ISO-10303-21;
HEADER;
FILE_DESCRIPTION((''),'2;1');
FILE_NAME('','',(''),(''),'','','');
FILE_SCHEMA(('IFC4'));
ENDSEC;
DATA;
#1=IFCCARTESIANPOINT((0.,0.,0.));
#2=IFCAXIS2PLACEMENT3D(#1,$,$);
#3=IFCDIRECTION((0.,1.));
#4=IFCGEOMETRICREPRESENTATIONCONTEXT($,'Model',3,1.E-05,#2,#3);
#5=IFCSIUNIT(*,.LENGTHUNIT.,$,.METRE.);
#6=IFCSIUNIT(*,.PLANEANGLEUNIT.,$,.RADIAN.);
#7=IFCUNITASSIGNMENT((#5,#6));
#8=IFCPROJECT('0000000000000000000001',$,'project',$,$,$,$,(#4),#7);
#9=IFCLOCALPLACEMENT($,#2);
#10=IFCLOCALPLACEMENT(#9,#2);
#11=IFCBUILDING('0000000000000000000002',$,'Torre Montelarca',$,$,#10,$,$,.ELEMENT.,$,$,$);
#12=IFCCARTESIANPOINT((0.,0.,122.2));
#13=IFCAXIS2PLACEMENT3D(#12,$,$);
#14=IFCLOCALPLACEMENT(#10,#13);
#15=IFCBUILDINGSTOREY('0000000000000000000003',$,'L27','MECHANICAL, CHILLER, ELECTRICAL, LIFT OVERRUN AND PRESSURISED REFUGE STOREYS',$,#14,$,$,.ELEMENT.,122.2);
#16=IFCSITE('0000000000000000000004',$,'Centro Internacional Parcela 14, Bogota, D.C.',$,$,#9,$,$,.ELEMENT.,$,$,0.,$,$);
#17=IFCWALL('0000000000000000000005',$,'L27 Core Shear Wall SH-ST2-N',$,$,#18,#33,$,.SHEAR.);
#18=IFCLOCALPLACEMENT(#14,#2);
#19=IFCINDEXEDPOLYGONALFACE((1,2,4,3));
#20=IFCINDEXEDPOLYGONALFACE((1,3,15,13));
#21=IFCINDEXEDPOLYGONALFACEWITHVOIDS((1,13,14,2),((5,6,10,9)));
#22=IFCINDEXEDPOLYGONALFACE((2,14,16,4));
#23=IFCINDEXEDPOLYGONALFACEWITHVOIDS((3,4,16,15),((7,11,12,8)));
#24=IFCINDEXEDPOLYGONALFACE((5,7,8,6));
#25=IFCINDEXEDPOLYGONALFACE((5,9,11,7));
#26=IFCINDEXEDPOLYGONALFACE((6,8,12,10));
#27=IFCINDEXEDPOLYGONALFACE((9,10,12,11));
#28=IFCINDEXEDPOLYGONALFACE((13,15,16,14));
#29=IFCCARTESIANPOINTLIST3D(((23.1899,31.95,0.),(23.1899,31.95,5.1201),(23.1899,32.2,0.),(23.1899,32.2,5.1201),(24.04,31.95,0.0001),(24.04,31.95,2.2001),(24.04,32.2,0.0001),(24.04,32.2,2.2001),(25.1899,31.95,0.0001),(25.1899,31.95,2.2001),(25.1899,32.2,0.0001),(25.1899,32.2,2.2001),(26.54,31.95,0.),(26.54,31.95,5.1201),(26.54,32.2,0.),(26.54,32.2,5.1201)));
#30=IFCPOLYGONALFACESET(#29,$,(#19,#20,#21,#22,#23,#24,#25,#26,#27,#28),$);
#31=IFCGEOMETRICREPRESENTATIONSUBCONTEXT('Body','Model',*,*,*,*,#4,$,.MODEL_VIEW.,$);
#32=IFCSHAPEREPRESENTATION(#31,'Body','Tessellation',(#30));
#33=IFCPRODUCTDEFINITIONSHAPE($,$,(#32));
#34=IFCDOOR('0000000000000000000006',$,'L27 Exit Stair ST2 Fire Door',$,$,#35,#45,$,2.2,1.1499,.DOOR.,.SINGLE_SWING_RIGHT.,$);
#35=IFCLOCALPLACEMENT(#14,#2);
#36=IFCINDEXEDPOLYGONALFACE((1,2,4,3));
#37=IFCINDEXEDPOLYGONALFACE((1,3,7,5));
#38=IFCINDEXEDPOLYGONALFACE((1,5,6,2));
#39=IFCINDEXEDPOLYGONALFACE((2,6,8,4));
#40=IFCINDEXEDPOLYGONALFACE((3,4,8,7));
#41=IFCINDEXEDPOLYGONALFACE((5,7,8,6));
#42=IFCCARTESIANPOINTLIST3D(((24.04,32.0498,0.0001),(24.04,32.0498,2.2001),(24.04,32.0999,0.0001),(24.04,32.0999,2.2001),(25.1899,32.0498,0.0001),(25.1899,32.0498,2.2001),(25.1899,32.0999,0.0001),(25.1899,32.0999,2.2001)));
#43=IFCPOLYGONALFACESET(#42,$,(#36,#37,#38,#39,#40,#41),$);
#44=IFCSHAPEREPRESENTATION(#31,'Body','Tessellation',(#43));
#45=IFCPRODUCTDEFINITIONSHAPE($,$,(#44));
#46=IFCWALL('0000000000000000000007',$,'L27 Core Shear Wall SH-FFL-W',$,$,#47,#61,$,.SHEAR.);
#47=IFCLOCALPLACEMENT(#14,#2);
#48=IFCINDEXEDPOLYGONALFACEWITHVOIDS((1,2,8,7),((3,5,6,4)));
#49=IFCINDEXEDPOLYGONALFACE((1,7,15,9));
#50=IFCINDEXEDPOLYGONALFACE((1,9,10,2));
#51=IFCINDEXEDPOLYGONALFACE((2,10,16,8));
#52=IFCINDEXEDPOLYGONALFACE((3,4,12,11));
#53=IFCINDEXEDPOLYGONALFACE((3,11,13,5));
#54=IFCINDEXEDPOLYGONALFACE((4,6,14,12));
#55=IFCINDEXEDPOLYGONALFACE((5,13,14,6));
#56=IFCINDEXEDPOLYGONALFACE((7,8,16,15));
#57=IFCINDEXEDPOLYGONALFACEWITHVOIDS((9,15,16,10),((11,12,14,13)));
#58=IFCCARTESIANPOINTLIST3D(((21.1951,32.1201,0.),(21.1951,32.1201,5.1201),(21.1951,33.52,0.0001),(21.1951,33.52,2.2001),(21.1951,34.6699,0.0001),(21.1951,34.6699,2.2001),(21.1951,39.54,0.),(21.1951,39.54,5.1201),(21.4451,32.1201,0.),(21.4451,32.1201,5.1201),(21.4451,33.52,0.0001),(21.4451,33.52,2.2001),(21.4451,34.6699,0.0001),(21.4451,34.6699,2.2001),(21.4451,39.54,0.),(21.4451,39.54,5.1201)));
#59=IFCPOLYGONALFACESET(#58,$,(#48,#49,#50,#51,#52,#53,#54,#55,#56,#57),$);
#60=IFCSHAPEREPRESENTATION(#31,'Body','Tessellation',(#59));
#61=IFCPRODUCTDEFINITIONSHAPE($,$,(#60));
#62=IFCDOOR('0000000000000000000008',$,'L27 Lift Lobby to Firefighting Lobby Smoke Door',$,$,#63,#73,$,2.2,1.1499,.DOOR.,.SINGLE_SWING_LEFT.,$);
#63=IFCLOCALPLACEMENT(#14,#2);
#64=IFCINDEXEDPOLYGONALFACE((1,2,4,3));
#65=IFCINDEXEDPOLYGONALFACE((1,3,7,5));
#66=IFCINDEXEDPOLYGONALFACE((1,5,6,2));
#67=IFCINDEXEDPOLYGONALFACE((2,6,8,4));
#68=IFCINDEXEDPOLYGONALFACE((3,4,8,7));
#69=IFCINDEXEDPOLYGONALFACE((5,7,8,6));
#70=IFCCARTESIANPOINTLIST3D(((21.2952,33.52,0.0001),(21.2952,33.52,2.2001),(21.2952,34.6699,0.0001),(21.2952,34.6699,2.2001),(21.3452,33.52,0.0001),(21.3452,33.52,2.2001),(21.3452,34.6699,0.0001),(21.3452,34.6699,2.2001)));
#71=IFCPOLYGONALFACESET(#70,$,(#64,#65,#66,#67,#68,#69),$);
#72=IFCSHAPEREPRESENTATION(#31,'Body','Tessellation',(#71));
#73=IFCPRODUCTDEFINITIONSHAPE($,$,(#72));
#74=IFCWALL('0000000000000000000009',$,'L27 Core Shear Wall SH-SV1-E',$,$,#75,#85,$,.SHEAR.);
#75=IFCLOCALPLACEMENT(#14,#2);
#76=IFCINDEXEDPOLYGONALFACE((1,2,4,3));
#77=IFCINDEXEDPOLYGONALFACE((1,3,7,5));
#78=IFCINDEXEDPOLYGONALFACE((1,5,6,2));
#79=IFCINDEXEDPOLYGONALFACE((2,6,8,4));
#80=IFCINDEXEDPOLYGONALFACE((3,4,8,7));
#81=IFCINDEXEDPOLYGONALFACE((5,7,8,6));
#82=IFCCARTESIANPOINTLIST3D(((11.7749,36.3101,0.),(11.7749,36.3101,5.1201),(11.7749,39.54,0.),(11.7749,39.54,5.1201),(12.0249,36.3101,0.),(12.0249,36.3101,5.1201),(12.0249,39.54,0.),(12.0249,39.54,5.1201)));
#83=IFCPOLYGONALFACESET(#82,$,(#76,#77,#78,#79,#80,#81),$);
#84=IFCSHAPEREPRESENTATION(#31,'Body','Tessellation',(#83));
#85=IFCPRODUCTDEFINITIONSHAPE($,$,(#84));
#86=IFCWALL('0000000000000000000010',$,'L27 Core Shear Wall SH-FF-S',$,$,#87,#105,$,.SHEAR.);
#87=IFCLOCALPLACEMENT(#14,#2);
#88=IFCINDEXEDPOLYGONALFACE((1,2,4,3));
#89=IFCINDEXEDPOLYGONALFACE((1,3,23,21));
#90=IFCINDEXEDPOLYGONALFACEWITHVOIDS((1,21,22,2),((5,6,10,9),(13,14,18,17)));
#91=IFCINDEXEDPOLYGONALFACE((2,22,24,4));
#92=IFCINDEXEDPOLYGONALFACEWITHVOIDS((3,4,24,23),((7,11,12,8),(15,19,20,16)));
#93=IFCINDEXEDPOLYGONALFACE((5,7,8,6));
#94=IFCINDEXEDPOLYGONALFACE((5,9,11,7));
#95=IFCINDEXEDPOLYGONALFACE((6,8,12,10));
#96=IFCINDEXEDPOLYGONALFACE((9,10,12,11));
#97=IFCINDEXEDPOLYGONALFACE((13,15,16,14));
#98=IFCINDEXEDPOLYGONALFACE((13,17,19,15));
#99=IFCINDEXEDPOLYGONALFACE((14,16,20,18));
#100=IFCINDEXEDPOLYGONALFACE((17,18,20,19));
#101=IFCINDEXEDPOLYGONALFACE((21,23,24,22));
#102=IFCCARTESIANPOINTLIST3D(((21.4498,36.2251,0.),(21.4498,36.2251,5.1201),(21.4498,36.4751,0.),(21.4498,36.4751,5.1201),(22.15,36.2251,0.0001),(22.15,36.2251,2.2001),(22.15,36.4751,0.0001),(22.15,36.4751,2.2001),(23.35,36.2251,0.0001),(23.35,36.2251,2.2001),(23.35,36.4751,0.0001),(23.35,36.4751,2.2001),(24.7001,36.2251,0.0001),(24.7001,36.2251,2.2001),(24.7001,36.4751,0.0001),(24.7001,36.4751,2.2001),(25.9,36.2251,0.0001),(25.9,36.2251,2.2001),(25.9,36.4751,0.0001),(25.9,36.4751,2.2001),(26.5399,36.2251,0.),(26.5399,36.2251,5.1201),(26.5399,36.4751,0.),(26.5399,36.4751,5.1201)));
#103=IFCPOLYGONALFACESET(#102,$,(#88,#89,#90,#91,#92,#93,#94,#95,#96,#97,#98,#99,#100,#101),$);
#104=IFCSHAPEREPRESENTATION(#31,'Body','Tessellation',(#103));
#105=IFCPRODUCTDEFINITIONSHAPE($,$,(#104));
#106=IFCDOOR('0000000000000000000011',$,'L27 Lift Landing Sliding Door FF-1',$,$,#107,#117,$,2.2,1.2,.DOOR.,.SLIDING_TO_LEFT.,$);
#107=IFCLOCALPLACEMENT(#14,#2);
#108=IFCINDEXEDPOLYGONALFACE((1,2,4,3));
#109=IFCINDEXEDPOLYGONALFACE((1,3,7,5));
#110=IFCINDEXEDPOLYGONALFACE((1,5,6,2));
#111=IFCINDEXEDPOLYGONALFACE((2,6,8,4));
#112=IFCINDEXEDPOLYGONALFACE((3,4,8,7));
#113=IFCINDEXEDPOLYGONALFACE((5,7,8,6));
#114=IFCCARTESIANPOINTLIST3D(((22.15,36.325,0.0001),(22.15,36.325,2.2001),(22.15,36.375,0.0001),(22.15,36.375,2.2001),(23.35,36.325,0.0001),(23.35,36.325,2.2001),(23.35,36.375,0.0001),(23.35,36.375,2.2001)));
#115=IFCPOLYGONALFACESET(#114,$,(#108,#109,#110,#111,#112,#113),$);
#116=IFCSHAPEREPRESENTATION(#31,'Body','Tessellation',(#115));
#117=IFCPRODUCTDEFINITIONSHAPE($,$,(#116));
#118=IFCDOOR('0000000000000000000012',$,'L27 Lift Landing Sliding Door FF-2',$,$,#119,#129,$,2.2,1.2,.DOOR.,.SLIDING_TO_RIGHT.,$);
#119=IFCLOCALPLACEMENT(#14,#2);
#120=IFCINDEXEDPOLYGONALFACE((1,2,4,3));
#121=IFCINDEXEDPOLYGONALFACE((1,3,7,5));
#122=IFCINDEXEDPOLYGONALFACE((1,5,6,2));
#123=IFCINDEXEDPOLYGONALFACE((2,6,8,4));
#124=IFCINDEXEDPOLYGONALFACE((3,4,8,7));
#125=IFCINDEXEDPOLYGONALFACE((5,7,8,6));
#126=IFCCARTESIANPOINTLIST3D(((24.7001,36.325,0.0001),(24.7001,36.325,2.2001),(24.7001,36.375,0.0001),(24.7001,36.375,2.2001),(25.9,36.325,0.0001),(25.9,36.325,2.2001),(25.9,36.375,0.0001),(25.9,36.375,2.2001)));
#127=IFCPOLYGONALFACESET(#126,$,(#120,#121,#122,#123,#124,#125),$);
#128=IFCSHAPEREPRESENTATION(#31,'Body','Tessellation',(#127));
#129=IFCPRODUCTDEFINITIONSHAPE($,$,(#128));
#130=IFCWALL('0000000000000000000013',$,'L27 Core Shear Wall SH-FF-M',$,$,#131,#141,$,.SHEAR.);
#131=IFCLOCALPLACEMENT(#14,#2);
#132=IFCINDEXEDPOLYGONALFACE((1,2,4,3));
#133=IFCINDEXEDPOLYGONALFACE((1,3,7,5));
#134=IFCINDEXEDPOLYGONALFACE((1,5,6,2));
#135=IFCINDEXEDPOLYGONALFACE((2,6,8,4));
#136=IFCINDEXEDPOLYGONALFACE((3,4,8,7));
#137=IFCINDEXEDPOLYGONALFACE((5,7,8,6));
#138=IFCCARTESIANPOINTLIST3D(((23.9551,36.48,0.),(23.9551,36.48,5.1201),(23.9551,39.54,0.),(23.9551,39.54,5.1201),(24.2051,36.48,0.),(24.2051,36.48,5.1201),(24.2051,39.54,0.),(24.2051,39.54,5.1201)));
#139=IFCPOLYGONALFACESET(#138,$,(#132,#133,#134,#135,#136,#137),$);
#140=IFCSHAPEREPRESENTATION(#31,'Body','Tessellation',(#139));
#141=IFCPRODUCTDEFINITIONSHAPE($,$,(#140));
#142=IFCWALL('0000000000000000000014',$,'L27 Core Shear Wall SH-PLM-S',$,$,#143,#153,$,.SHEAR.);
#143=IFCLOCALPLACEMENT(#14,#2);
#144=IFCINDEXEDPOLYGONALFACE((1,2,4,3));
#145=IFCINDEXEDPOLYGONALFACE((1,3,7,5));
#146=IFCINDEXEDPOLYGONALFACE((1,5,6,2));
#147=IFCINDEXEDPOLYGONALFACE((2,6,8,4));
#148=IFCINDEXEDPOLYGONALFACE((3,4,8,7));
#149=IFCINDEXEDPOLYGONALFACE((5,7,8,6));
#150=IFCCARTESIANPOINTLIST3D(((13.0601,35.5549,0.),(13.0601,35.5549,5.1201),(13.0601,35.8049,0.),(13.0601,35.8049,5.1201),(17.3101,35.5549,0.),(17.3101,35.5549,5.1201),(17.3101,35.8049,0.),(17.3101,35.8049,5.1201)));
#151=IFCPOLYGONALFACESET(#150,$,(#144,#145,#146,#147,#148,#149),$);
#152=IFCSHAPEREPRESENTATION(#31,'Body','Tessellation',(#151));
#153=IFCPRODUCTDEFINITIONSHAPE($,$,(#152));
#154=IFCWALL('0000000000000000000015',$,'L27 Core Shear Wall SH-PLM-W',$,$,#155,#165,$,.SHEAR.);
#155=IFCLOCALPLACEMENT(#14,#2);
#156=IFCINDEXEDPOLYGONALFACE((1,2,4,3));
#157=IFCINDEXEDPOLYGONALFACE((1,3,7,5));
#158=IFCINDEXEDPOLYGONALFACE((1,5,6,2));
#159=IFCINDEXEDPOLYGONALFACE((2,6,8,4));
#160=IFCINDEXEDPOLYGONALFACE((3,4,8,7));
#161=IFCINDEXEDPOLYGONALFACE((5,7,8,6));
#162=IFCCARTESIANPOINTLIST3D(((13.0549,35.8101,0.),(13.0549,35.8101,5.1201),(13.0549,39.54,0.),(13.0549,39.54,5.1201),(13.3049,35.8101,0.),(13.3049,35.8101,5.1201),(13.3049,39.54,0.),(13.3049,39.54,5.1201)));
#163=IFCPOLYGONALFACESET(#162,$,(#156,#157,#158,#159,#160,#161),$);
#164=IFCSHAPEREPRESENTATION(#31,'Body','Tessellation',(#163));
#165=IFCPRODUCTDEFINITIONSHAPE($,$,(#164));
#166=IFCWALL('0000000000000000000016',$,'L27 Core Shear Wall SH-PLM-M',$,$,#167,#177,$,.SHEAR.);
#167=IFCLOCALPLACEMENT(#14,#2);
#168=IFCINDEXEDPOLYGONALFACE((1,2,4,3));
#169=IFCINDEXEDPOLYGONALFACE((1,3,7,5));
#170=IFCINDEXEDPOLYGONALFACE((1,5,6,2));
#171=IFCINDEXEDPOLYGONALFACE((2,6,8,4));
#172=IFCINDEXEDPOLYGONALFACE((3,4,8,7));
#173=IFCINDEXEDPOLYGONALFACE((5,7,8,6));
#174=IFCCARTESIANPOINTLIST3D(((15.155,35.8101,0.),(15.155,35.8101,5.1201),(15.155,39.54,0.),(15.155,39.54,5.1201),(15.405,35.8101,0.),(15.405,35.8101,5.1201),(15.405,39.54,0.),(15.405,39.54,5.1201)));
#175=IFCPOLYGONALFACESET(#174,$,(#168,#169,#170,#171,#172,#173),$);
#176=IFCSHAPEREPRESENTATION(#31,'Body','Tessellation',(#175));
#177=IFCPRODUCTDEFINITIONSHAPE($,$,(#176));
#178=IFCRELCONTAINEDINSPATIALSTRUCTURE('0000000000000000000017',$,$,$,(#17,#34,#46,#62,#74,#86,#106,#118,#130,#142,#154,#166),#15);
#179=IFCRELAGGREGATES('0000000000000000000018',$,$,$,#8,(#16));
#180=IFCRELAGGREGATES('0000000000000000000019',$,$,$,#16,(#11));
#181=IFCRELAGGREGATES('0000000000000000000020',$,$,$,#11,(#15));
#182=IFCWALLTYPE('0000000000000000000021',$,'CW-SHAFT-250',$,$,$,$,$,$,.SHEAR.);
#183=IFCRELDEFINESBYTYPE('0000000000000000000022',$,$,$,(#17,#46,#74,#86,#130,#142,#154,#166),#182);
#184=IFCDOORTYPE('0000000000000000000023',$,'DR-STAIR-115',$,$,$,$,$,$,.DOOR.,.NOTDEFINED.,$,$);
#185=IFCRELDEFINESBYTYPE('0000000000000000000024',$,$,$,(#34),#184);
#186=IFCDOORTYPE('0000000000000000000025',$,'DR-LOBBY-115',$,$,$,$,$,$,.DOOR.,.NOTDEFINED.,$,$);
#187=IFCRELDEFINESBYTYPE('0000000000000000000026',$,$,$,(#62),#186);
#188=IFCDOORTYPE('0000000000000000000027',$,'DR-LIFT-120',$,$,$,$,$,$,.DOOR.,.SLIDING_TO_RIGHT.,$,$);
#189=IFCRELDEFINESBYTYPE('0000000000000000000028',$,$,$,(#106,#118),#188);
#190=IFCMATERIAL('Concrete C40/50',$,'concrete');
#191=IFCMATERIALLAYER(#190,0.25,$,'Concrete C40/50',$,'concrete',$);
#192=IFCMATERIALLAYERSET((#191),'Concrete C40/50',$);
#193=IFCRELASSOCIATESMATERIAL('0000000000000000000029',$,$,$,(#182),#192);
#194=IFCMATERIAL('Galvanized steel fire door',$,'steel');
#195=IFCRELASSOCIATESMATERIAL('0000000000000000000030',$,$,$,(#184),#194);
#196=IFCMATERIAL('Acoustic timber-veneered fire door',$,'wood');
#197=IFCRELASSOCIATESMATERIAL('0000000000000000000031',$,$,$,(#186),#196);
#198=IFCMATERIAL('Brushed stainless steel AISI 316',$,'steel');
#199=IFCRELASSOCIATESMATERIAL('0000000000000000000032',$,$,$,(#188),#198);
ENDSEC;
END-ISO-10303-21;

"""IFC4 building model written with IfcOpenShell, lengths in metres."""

from ifc_helpers import new_model, si_unit, direction, frame, frame_2d, origin, place, context, subcontext, project, spatial, rectangle, extrude, source, transform, mapped, material, layer, layer_set, type_object, element, fill, save


model = new_model("IFC4")

# Units and contexts
model_context = context("Model", 3, precision=1e-05, world=origin(), true_north=direction((0.0, 1.0)))
body_context = subcontext(model_context, "Body", "Model", "MODEL_VIEW")
ifc_project = project(units=[si_unit("LENGTHUNIT", "METRE"), si_unit("PLANEANGLEUNIT", "RADIAN")], contexts=[model_context])

# Site, building, storey
site_placement = place(None, origin())
site = spatial("IfcSite", under=ifc_project, at=site_placement, Name="Centro Internacional Parcela 14, Bogota, D.C.", CompositionType="ELEMENT", RefElevation=0.0)
building_placement = place(site_placement, origin())
building = spatial("IfcBuilding", under=site, at=building_placement, Name="Torre Montelarca", CompositionType="ELEMENT")
storey_placement = place(building_placement, frame((0.0, 0.0, 122.2)))
storey = spatial("IfcBuildingStorey", under=building, at=storey_placement, Name="L27", Description="MECHANICAL, CHILLER, ELECTRICAL, LIFT OVERRUN AND PRESSURISED REFUGE STOREYS", CompositionType="ELEMENT", Elevation=122.2)

# Walls, openings, doors
ifc_material_1 = material(Name="Concrete C40/50", Category="concrete")
ifc_layer_1 = layer(ifc_material_1, 0.25, Name="Concrete C40/50", Category="concrete")
ifc_layer_set_1 = layer_set([ifc_layer_1], Name="Concrete C40/50")
wall_type_1 = type_object("IfcWallType", Name="CW-SHAFT-250", PredefinedType="SHEAR", material=ifc_layer_set_1)
wall_1_placement = place(storey_placement, frame((23.1899, 32.075, 0.0), z_axis=(0.0, 0.0, 1.0), x_axis=(1.0, 0.0, 0.0)))
wall_1 = element("IfcWall", 1, at=wall_1_placement, inside=storey, type_object=wall_type_1, Name="L27 Core Shear Wall SH-ST2-N", PredefinedType="SHEAR", context=body_context, shape_type="SweptSolid", body=[
    extrude(rectangle(XDim=3.3501, YDim=0.25, at=frame_2d((1.675, 0.0))), origin(), (0.0, 0.0, 1.0), 5.1201),
])
opening_1_placement = place(wall_1_placement, frame((0.8501, 0.0, 0.0)))
opening_1 = element("IfcOpeningElement", 2, at=opening_1_placement, cuts=wall_1, PredefinedType="OPENING", context=body_context, shape_type="SweptSolid", body=[
    extrude(rectangle(XDim=1.1499, YDim=2.2, at=frame_2d((0.575, 1.1001))), frame((0.0, 0.135, 0.0), z_axis=(0.0, -1.0, 0.0), x_axis=(1.0, 0.0, 0.0)), (0.0, 0.0, 1.0), 0.27),
])
ifc_material_2 = material(Name="Galvanized steel fire door", Category="steel")
door_type_1 = type_object("IfcDoorType", Name="DR-STAIR-115", OperationType="NOTDEFINED", PredefinedType="DOOR", material=ifc_material_2)
shared_shape_1 = source(origin(), body_context, "Body", "SweptSolid", [
    extrude(rectangle(XDim=1.1499, YDim=2.2, at=frame_2d((0.575, 1.1001))), frame((0.0, 0.0249, 0.0), z_axis=(0.0, -1.0, 0.0), x_axis=(1.0, 0.0, 0.0)), (0.0, 0.0, 1.0), 0.05),
])
door_1_placement = place(opening_1_placement, origin())
door_1 = element("IfcDoor", 3, at=door_1_placement, inside=storey, type_object=door_type_1, Name="L27 Exit Stair ST2 Fire Door", OperationType="SINGLE_SWING_RIGHT", OverallHeight=2.2, OverallWidth=1.1499, PredefinedType="DOOR", context=body_context, shape_type="MappedRepresentation", body=[
    mapped(shared_shape_1, transform((0.0, 0.0, 0.0), scale=1.0)),
])
fill(opening_1, door_1)
wall_2_placement = place(storey_placement, frame((21.3201, 32.1201, 0.0), z_axis=(0.0, 0.0, 1.0), x_axis=(0.0, 1.0, 0.0)))
wall_2 = element("IfcWall", 4, at=wall_2_placement, inside=storey, type_object=wall_type_1, Name="L27 Core Shear Wall SH-FFL-W", PredefinedType="SHEAR", context=body_context, shape_type="SweptSolid", body=[
    extrude(rectangle(XDim=7.4199, YDim=0.25, at=frame_2d((3.71, 0.0))), origin(), (0.0, 0.0, 1.0), 5.1201),
])
opening_2_placement = place(wall_2_placement, frame((1.3999, 0.0, 0.0)))
opening_2 = element("IfcOpeningElement", 5, at=opening_2_placement, cuts=wall_2, PredefinedType="OPENING", context=body_context, shape_type="SweptSolid", body=[
    extrude(rectangle(XDim=1.1499, YDim=2.2, at=frame_2d((0.575, 1.1001))), frame((0.0, 0.135, 0.0), z_axis=(0.0, -1.0, 0.0), x_axis=(1.0, 0.0, 0.0)), (0.0, 0.0, 1.0), 0.27),
])
ifc_material_3 = material(Name="Acoustic timber-veneered fire door", Category="wood")
door_type_2 = type_object("IfcDoorType", Name="DR-LOBBY-115", OperationType="NOTDEFINED", PredefinedType="DOOR", material=ifc_material_3)
shared_shape_2 = source(origin(), body_context, "Body", "SweptSolid", [
    extrude(rectangle(XDim=1.1499, YDim=2.2, at=frame_2d((0.575, 1.1001))), frame((0.0, 0.0249, 0.0), z_axis=(0.0, -1.0, 0.0), x_axis=(1.0, 0.0, 0.0)), (0.0, 0.0, 1.0), 0.05),
])
door_2_placement = place(opening_2_placement, origin())
door_2 = element("IfcDoor", 6, at=door_2_placement, inside=storey, type_object=door_type_2, Name="L27 Lift Lobby to Firefighting Lobby Smoke Door", OperationType="SINGLE_SWING_LEFT", OverallHeight=2.2, OverallWidth=1.1499, PredefinedType="DOOR", context=body_context, shape_type="MappedRepresentation", body=[
    mapped(shared_shape_2, transform((0.0, 0.0, 0.0), scale=1.0)),
])
fill(opening_2, door_2)

# Wall
wall_3_placement = place(storey_placement, frame((11.8999, 36.3101, 0.0), z_axis=(0.0, 0.0, 1.0), x_axis=(0.0, 1.0, 0.0)))
element("IfcWall", 7, at=wall_3_placement, inside=storey, type_object=wall_type_1, Name="L27 Core Shear Wall SH-SV1-E", PredefinedType="SHEAR", context=body_context, shape_type="SweptSolid", body=[
    extrude(rectangle(XDim=3.23, YDim=0.25, at=frame_2d((1.615, 0.0))), origin(), (0.0, 0.0, 1.0), 5.1201),
])

# Wall, openings, doors
wall_4_placement = place(storey_placement, frame((21.45, 36.3501, 0.0), z_axis=(0.0, 0.0, 1.0), x_axis=(1.0, 0.0, 0.0)))
wall_4 = element("IfcWall", 8, at=wall_4_placement, inside=storey, type_object=wall_type_1, Name="L27 Core Shear Wall SH-FF-S", PredefinedType="SHEAR", context=body_context, shape_type="SweptSolid", body=[
    extrude(rectangle(XDim=5.0901, YDim=0.25, at=frame_2d((2.5449, 0.0))), origin(), (0.0, 0.0, 1.0), 5.1201),
])
opening_3_placement = place(wall_4_placement, frame((0.7, 0.0, 0.0)))
opening_3 = element("IfcOpeningElement", 9, at=opening_3_placement, cuts=wall_4, PredefinedType="OPENING", context=body_context, shape_type="SweptSolid", body=[
    extrude(rectangle(XDim=1.2, YDim=2.2, at=frame_2d((0.6001, 1.1001))), frame((0.0, 0.135, 0.0), z_axis=(0.0, -1.0, 0.0), x_axis=(1.0, 0.0, 0.0)), (0.0, 0.0, 1.0), 0.27),
])
opening_4_placement = place(wall_4_placement, frame((3.25, 0.0, 0.0)))
opening_4 = element("IfcOpeningElement", 10, at=opening_4_placement, cuts=wall_4, PredefinedType="OPENING", context=body_context, shape_type="SweptSolid", body=[
    extrude(rectangle(XDim=1.2, YDim=2.2, at=frame_2d((0.6001, 1.1001))), frame((0.0, 0.135, 0.0), z_axis=(0.0, -1.0, 0.0), x_axis=(1.0, 0.0, 0.0)), (0.0, 0.0, 1.0), 0.27),
])
ifc_material_4 = material(Name="Brushed stainless steel AISI 316", Category="steel")
door_type_3 = type_object("IfcDoorType", Name="DR-LIFT-120", OperationType="SLIDING_TO_RIGHT", PredefinedType="DOOR", material=ifc_material_4)
shared_shape_3 = source(origin(), body_context, "Body", "SweptSolid", [
    extrude(rectangle(XDim=1.2, YDim=2.2, at=frame_2d((0.6001, 1.1001))), frame((0.0, 0.0249, 0.0), z_axis=(0.0, -1.0, 0.0), x_axis=(1.0, 0.0, 0.0)), (0.0, 0.0, 1.0), 0.05),
])
door_3_placement = place(opening_3_placement, origin())
door_3 = element("IfcDoor", 11, at=door_3_placement, inside=storey, type_object=door_type_3, Name="L27 Lift Landing Sliding Door FF-1", OperationType="SLIDING_TO_LEFT", OverallHeight=2.2, OverallWidth=1.2, PredefinedType="DOOR", context=body_context, shape_type="MappedRepresentation", body=[
    mapped(shared_shape_3, transform((0.0, 0.0, 0.0), scale=1.0)),
])
fill(opening_3, door_3)
door_4_placement = place(opening_4_placement, origin())
door_4 = element("IfcDoor", 12, at=door_4_placement, inside=storey, type_object=door_type_3, Name="L27 Lift Landing Sliding Door FF-2", OperationType="SLIDING_TO_RIGHT", OverallHeight=2.2, OverallWidth=1.2, PredefinedType="DOOR", context=body_context, shape_type="MappedRepresentation", body=[
    mapped(shared_shape_3, transform((0.0, 0.0, 0.0), scale=1.0)),
])
fill(opening_4, door_4)

# Walls
wall_5_placement = place(storey_placement, frame((24.0801, 36.48, 0.0), z_axis=(0.0, 0.0, 1.0), x_axis=(0.0, 1.0, 0.0)))
element("IfcWall", 13, at=wall_5_placement, inside=storey, type_object=wall_type_1, Name="L27 Core Shear Wall SH-FF-M", PredefinedType="SHEAR", context=body_context, shape_type="SweptSolid", body=[
    extrude(rectangle(XDim=3.0601, YDim=0.25, at=frame_2d((1.53, 0.0))), origin(), (0.0, 0.0, 1.0), 5.1201),
])
wall_6_placement = place(storey_placement, frame((13.0601, 35.6799, 0.0), z_axis=(0.0, 0.0, 1.0), x_axis=(1.0, 0.0, 0.0)))
element("IfcWall", 14, at=wall_6_placement, inside=storey, type_object=wall_type_1, Name="L27 Core Shear Wall SH-PLM-S", PredefinedType="SHEAR", context=body_context, shape_type="SweptSolid", body=[
    extrude(rectangle(XDim=4.25, YDim=0.25, at=frame_2d((2.125, 0.0))), origin(), (0.0, 0.0, 1.0), 5.1201),
])
for number, where, z_axis, x_axis, name in (
    (15, (13.1799, 35.8101, 0.0), (0.0, 0.0, 1.0), (0.0, 1.0, 0.0), "L27 Core Shear Wall SH-PLM-W"),
    (16, (15.28, 35.8101, 0.0), (0.0, 0.0, 1.0), (0.0, 1.0, 0.0), "L27 Core Shear Wall SH-PLM-M"),
):
    element("IfcWall", number, at=place(storey_placement, frame(where, z_axis=z_axis, x_axis=x_axis)), inside=storey, type_object=wall_type_1, Name=name, PredefinedType="SHEAR", context=body_context, shape_type="SweptSolid", body=[
        extrude(rectangle(XDim=3.73, YDim=0.25, at=frame_2d((1.865, 0.0))), origin(), (0.0, 0.0, 1.0), 5.1201),
    ])

save(model, "model.ifc")
